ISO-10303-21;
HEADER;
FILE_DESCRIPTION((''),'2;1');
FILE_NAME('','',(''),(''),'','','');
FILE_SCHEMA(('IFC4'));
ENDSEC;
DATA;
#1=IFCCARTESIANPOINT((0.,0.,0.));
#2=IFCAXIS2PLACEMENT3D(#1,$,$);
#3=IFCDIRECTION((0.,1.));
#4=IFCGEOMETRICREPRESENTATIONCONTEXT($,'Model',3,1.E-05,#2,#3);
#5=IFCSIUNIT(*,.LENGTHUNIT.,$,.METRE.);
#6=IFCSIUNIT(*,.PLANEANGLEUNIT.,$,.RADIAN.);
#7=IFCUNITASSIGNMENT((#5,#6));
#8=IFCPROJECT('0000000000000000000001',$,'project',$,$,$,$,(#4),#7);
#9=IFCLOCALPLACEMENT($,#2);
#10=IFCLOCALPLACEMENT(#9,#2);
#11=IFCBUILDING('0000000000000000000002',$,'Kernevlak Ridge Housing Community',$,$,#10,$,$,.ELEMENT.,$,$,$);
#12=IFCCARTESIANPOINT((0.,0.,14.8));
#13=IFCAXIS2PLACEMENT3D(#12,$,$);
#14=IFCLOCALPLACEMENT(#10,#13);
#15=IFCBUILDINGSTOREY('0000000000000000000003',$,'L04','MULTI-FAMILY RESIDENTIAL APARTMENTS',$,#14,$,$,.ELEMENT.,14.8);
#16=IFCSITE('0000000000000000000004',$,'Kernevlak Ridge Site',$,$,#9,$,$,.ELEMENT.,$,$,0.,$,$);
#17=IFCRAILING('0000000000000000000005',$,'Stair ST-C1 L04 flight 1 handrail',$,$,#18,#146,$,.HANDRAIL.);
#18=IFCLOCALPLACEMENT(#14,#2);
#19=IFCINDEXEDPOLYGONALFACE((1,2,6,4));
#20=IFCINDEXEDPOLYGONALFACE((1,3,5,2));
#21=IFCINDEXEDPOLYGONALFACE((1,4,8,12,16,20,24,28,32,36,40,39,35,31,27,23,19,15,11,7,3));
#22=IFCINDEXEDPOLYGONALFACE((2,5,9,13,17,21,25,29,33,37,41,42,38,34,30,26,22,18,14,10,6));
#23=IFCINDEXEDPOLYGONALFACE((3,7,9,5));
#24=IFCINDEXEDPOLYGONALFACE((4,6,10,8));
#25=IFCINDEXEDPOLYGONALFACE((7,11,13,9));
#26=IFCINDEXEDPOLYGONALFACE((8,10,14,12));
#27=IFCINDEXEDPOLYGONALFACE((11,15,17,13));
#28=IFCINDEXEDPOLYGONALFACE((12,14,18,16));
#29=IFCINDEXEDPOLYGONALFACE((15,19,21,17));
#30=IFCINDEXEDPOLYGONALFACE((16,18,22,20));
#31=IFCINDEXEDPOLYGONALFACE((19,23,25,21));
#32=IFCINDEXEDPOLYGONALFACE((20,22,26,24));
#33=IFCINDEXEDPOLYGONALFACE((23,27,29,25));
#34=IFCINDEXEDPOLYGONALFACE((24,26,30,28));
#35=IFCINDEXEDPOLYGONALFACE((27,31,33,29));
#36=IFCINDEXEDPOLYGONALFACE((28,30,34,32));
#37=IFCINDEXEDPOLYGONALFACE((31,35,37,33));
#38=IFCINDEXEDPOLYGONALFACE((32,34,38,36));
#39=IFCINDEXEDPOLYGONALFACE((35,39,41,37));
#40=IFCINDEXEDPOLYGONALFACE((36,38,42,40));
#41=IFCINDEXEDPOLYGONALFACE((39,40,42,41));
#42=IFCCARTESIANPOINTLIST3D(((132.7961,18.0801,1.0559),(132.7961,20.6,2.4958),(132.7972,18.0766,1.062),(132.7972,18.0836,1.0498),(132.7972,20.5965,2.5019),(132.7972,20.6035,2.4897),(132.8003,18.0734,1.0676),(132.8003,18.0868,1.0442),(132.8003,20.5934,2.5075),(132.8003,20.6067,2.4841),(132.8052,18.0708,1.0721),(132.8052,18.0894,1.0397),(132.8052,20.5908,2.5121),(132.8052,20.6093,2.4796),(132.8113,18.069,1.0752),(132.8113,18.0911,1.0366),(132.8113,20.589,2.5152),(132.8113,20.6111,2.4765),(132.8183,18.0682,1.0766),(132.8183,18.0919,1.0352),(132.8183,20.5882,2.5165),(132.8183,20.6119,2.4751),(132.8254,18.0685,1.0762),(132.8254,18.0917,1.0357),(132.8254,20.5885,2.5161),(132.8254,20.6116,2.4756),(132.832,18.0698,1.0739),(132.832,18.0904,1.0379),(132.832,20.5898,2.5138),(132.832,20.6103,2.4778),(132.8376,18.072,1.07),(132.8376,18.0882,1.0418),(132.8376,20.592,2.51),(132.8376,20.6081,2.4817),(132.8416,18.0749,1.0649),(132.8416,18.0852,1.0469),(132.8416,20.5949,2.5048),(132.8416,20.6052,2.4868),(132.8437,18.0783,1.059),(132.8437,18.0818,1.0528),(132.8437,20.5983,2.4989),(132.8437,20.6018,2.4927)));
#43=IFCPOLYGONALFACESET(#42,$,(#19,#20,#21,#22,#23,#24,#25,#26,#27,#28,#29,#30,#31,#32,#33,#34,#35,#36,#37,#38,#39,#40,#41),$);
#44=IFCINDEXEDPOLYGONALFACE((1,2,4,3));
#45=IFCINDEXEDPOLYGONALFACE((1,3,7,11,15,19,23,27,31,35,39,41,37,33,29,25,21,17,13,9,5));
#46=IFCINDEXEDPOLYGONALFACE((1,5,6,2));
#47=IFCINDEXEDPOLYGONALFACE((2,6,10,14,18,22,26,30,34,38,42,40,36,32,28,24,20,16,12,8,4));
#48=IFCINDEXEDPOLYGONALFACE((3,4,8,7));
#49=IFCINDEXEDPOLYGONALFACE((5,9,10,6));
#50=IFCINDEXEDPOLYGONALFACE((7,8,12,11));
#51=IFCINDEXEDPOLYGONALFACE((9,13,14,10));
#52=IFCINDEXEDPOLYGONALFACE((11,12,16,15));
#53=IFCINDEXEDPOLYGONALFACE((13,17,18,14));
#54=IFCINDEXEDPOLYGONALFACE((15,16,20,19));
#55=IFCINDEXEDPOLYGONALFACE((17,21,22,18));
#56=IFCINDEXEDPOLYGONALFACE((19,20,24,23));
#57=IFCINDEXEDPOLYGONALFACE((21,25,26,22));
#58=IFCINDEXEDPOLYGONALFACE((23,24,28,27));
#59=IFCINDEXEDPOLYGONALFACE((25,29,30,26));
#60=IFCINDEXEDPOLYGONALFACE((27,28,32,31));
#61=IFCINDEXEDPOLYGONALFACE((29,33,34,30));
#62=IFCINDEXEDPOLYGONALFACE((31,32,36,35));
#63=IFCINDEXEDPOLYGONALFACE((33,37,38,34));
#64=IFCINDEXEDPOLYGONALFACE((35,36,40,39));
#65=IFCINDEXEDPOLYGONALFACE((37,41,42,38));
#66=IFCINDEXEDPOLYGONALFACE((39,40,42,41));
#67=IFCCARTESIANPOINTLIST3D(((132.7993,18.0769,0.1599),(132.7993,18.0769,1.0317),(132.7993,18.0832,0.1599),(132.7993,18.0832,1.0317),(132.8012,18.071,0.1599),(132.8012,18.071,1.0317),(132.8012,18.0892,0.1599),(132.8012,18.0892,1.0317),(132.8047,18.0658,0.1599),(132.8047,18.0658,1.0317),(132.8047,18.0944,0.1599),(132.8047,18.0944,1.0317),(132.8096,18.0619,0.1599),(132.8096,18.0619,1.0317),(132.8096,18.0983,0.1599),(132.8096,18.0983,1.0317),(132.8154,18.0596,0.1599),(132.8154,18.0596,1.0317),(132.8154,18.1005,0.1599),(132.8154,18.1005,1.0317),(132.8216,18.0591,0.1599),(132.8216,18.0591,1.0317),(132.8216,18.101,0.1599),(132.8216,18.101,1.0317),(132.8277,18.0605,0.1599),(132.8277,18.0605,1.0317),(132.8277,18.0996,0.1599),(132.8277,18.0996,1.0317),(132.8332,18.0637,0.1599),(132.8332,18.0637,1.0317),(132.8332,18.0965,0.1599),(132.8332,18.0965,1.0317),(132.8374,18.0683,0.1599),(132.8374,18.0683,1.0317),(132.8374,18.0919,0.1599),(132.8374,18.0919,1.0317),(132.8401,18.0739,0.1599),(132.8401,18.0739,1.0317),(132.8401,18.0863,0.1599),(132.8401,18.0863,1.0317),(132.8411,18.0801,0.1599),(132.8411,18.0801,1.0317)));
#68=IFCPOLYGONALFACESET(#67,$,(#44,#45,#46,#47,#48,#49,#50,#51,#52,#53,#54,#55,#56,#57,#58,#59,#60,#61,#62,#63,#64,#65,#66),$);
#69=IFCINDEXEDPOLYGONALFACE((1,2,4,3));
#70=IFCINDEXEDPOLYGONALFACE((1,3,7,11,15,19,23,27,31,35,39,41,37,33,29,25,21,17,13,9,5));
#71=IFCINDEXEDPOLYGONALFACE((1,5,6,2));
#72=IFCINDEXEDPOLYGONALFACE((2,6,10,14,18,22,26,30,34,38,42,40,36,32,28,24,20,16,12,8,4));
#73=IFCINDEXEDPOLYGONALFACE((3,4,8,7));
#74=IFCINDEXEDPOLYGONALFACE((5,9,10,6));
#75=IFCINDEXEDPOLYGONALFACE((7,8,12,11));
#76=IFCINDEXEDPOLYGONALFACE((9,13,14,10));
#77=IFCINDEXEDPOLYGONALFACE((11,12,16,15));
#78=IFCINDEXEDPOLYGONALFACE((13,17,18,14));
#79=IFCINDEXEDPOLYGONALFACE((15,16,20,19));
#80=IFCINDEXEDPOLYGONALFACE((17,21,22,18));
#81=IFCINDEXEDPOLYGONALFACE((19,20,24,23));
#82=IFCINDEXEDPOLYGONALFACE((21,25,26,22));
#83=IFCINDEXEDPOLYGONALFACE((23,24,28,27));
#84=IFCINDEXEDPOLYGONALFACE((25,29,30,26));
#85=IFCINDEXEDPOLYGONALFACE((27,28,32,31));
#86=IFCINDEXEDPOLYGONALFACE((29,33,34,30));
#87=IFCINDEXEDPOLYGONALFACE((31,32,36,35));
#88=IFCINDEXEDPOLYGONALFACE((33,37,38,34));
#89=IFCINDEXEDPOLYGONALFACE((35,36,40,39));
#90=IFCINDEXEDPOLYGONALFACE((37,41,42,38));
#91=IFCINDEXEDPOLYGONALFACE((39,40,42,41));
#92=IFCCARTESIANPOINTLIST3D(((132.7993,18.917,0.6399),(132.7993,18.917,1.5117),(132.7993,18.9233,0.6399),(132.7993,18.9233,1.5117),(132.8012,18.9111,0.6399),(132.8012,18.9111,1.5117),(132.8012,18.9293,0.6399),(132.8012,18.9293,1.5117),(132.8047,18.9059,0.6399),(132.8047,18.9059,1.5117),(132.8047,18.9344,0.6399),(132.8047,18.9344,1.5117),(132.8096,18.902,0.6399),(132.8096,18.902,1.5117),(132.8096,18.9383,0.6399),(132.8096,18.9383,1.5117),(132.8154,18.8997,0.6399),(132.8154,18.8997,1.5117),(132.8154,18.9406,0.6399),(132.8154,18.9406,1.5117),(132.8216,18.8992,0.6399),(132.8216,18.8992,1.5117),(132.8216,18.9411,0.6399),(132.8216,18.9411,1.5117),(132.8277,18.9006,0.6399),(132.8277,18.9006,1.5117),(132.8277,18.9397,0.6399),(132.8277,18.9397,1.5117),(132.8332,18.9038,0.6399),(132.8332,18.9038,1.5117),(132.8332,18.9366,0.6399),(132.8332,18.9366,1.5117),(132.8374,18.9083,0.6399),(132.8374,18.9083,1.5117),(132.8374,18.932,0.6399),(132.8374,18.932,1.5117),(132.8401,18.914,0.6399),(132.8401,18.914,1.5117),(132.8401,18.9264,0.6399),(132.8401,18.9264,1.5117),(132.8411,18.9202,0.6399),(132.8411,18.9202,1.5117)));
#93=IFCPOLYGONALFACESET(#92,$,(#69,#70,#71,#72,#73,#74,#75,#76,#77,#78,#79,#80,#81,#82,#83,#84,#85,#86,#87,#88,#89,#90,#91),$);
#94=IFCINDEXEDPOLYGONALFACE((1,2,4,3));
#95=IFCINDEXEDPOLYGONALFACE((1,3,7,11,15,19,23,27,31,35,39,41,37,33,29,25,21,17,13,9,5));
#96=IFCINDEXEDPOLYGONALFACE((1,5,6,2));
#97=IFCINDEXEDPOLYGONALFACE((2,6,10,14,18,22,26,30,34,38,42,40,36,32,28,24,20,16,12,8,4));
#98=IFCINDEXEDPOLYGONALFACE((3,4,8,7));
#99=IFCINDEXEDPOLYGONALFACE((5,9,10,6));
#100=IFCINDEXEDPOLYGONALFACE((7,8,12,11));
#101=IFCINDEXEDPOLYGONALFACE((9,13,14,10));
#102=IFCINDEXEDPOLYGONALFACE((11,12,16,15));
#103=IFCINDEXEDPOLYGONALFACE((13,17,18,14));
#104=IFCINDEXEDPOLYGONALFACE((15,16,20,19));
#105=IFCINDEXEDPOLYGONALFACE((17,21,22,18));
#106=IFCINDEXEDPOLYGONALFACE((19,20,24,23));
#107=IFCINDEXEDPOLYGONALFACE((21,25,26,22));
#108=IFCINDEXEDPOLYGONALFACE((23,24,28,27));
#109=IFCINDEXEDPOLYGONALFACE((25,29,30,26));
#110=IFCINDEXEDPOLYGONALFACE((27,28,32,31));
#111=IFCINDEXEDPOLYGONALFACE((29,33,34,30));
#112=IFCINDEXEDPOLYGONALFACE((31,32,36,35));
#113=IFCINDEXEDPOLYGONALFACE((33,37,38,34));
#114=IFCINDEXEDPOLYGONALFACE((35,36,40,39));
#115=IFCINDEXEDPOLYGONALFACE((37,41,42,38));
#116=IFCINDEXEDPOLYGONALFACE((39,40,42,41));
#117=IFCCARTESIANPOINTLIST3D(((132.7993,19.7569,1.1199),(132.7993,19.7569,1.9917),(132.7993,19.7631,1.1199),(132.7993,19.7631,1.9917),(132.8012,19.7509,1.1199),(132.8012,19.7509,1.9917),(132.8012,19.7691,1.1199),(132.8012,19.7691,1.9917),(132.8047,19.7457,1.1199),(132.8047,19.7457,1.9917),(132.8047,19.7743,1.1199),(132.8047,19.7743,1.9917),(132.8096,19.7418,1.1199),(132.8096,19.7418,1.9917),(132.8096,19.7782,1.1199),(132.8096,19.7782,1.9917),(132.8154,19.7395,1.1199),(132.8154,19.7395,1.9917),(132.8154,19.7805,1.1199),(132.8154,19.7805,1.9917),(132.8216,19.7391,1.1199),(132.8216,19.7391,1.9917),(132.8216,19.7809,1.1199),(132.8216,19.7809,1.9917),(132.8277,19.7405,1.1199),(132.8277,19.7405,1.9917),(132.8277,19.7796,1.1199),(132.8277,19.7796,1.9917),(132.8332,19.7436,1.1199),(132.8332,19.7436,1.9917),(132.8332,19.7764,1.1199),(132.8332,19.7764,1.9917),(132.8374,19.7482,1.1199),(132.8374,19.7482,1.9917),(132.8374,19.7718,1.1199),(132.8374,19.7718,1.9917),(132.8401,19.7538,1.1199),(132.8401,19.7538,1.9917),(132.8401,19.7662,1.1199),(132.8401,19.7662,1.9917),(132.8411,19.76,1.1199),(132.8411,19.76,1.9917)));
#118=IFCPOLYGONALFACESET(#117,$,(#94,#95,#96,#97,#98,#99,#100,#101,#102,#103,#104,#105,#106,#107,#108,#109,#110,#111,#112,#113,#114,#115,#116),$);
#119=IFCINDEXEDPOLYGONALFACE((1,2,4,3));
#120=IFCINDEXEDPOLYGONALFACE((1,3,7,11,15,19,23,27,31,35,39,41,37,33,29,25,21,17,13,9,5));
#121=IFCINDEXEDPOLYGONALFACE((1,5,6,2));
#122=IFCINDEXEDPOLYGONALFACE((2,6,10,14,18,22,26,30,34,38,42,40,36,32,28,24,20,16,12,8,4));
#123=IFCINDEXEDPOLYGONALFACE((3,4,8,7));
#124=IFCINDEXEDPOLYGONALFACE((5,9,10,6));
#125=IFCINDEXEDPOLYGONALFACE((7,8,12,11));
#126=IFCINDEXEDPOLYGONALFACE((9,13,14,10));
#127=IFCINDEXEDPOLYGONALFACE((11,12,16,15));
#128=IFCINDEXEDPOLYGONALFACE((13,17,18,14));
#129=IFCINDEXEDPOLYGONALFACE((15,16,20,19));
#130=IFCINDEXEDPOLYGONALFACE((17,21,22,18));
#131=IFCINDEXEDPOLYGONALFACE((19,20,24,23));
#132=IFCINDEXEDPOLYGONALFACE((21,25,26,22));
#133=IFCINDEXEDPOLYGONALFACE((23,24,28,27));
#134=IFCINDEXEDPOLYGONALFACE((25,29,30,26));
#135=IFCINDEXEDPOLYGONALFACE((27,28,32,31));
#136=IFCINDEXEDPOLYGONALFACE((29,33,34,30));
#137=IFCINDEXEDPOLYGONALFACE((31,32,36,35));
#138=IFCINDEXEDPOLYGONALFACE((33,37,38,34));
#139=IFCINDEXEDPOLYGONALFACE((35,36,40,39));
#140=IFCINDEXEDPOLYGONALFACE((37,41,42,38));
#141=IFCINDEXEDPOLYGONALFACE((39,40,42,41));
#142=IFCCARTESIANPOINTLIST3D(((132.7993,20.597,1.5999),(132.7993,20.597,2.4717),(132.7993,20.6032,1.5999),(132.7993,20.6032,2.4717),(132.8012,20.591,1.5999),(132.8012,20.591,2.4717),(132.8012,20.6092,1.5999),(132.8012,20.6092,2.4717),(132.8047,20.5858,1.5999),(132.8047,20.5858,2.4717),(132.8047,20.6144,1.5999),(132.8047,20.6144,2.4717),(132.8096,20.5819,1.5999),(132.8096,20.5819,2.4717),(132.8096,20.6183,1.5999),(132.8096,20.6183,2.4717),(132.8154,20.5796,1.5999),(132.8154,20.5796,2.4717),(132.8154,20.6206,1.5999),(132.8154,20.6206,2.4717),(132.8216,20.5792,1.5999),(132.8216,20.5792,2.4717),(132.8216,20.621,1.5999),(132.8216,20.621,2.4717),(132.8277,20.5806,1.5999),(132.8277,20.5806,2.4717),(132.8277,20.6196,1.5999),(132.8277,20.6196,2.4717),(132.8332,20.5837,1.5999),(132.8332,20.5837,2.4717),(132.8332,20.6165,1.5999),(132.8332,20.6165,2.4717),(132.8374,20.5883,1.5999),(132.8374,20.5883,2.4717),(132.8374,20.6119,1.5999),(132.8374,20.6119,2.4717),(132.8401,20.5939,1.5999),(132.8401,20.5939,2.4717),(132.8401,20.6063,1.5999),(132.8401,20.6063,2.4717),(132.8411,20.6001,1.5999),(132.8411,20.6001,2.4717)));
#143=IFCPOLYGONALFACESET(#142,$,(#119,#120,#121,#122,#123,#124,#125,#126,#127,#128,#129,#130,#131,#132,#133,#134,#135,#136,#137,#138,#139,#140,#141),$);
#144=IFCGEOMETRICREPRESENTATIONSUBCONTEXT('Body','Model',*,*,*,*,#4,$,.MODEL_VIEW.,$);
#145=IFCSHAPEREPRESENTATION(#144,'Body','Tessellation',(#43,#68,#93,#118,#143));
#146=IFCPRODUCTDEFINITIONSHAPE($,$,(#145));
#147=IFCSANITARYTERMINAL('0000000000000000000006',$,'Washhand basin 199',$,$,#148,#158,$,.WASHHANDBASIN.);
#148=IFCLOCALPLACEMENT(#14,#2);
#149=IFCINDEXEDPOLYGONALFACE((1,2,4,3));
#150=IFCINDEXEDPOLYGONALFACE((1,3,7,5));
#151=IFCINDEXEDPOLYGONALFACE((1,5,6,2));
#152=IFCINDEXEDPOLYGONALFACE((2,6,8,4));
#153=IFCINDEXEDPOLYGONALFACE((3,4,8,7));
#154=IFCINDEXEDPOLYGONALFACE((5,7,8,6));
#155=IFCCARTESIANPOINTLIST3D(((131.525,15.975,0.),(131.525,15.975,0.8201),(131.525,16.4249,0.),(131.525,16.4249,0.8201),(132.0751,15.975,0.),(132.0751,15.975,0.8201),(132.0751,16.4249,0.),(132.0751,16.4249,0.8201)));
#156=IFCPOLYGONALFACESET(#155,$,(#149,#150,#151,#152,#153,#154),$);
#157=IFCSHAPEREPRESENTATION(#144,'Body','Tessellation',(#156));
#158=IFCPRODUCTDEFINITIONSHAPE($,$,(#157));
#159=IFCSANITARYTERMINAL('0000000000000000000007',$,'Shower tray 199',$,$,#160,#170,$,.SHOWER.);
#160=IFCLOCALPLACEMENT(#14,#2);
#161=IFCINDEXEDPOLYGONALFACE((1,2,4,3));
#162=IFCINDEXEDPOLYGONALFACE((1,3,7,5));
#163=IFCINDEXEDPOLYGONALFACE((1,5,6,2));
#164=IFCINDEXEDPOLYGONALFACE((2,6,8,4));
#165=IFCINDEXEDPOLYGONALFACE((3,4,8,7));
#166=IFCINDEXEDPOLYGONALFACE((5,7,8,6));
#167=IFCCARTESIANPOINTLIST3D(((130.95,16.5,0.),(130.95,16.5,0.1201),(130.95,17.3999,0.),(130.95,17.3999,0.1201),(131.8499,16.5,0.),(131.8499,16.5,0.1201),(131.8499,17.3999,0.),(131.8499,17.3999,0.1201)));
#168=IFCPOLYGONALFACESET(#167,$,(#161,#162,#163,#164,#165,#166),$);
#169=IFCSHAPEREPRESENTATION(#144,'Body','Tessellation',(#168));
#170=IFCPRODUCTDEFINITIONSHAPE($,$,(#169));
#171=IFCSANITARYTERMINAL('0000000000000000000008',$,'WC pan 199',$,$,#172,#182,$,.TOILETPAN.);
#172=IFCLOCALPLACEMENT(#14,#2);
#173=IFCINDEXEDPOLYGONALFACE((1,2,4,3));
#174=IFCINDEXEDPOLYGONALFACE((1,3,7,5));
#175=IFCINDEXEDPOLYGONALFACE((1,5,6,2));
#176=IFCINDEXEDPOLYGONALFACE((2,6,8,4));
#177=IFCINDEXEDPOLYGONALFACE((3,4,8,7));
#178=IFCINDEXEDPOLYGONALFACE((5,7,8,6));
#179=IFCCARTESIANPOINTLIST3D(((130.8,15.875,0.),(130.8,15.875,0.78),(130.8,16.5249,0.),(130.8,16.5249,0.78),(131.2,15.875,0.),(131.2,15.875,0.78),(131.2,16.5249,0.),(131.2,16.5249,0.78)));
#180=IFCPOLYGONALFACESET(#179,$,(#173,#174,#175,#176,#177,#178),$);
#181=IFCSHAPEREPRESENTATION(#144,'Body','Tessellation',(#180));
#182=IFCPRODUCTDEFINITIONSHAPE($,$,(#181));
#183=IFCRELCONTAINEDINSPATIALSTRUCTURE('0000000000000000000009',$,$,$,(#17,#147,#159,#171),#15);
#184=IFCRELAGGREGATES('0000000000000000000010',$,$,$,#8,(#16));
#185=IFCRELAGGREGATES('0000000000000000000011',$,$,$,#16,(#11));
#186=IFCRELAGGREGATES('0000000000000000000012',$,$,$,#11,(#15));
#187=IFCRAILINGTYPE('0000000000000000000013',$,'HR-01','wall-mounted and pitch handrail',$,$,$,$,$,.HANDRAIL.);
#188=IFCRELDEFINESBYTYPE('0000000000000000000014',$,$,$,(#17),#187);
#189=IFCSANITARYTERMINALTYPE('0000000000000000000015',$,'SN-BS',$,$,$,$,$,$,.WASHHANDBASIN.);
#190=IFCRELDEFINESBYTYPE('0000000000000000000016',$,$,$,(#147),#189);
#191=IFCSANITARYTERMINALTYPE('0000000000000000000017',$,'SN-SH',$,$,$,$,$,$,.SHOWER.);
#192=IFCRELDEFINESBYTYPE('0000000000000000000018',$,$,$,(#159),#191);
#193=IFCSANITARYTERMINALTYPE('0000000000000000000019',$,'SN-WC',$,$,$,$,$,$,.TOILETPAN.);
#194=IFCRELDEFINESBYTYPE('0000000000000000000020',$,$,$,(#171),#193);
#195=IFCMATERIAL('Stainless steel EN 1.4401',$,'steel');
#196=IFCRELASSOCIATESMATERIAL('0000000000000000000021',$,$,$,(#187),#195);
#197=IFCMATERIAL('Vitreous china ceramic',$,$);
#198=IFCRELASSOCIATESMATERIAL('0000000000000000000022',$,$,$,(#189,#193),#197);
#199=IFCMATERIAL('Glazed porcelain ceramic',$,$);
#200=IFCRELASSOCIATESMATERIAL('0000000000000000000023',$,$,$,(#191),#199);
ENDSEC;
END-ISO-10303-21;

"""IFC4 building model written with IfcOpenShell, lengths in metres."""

from ifc_helpers import new_model, si_unit, direction, frame, origin, origin_2d, place, context, subcontext, project, spatial, rectangle, circle, extrude, material, type_object, element, save


model = new_model("IFC4")

# Units and contexts
model_context = context("Model", 3, precision=1e-05, world=origin(), true_north=direction((0.0, 1.0)))
body_context = subcontext(model_context, "Body", "Model", "MODEL_VIEW")
ifc_project = project(units=[si_unit("LENGTHUNIT", "METRE"), si_unit("PLANEANGLEUNIT", "RADIAN")], contexts=[model_context])

# Site, building, storey
site_placement = place(None, origin())
site = spatial("IfcSite", under=ifc_project, at=site_placement, Name="Kernevlak Ridge Site", CompositionType="ELEMENT", RefElevation=0.0)
building_placement = place(site_placement, origin())
building = spatial("IfcBuilding", under=site, at=building_placement, Name="Kernevlak Ridge Housing Community", CompositionType="ELEMENT")
storey_placement = place(building_placement, frame((0.0, 0.0, 14.8)))
storey = spatial("IfcBuildingStorey", under=building, at=storey_placement, Name="L04", Description="MULTI-FAMILY RESIDENTIAL APARTMENTS", CompositionType="ELEMENT", Elevation=14.8)

# Shared definitions
ifc_material_1 = material(Name="Stainless steel EN 1.4401", Category="steel")

# Railing
railing_type_1 = type_object("IfcRailingType", Name="HR-01", Description="wall-mounted and pitch handrail", PredefinedType="HANDRAIL", material=ifc_material_1)
railing_1_placement = place(storey_placement, frame((132.8201, 18.0801, 0.1599)))
element("IfcRailing", 1, at=railing_1_placement, inside=storey, type_object=railing_type_1, Name="Stair ST-C1 L04 flight 1 handrail", PredefinedType="HANDRAIL", context=body_context, shape_type="SweptSolid", body=[
    extrude(circle(Radius=0.0239, at=origin_2d()), frame((0.0, 0.0, 0.896), z_axis=(0.0, 0.868253, 0.496121), x_axis=(-1.0, 0.0, 0.0)), (0.0, 0.0, 1.0), 2.9023),
    extrude(circle(Radius=0.021, at=origin_2d()), origin(), (0.0, 0.0, 1.0), 0.8718),
    extrude(circle(Radius=0.021, at=origin_2d()), frame((0.0, 0.8401, 0.48)), (0.0, 0.0, 1.0), 0.8718),
    extrude(circle(Radius=0.021, at=origin_2d()), frame((0.0, 1.6799, 0.96)), (0.0, 0.0, 1.0), 0.8718),
    extrude(circle(Radius=0.021, at=origin_2d()), frame((0.0, 2.52, 1.4399)), (0.0, 0.0, 1.0), 0.8718),
])

# Sanitary terminals
ifc_material_2 = material(Name="Vitreous china ceramic")
sanitary_terminal_type_1 = type_object("IfcSanitaryTerminalType", Name="SN-BS", PredefinedType="WASHHANDBASIN", material=ifc_material_2)
sanitary_terminal_1_placement = place(storey_placement, frame((131.8, 16.2, 0.0), z_axis=(0.0, 0.0, 1.0), x_axis=(1.0, 0.0, 0.0)))
element("IfcSanitaryTerminal", 2, at=sanitary_terminal_1_placement, inside=storey, type_object=sanitary_terminal_type_1, Name="Washhand basin 199", PredefinedType="WASHHANDBASIN", context=body_context, shape_type="SweptSolid", body=[
    extrude(rectangle(XDim=0.55, YDim=0.45, at=origin_2d()), origin(), (0.0, 0.0, 1.0), 0.8201),
])
ifc_material_3 = material(Name="Glazed porcelain ceramic")
sanitary_terminal_type_2 = type_object("IfcSanitaryTerminalType", Name="SN-SH", PredefinedType="SHOWER", material=ifc_material_3)
sanitary_terminal_2_placement = place(storey_placement, frame((131.3999, 16.95, 0.0), z_axis=(0.0, 0.0, 1.0), x_axis=(1.0, 0.0, 0.0)))
element("IfcSanitaryTerminal", 3, at=sanitary_terminal_2_placement, inside=storey, type_object=sanitary_terminal_type_2, Name="Shower tray 199", PredefinedType="SHOWER", context=body_context, shape_type="SweptSolid", body=[
    extrude(rectangle(XDim=0.8999, YDim=0.8999, at=origin_2d()), origin(), (0.0, 0.0, 1.0), 0.1201),
])
sanitary_terminal_type_3 = type_object("IfcSanitaryTerminalType", Name="SN-WC", PredefinedType="TOILETPAN", material=ifc_material_2)
sanitary_terminal_3_placement = place(storey_placement, frame((131.0, 16.2, 0.0), z_axis=(0.0, 0.0, 1.0), x_axis=(1.0, 0.0, 0.0)))
element("IfcSanitaryTerminal", 4, at=sanitary_terminal_3_placement, inside=storey, type_object=sanitary_terminal_type_3, Name="WC pan 199", PredefinedType="TOILETPAN", context=body_context, shape_type="SweptSolid", body=[
    extrude(rectangle(XDim=0.3999, YDim=0.6499, at=origin_2d()), origin(), (0.0, 0.0, 1.0), 0.78),
])

save(model, "model.ifc")
